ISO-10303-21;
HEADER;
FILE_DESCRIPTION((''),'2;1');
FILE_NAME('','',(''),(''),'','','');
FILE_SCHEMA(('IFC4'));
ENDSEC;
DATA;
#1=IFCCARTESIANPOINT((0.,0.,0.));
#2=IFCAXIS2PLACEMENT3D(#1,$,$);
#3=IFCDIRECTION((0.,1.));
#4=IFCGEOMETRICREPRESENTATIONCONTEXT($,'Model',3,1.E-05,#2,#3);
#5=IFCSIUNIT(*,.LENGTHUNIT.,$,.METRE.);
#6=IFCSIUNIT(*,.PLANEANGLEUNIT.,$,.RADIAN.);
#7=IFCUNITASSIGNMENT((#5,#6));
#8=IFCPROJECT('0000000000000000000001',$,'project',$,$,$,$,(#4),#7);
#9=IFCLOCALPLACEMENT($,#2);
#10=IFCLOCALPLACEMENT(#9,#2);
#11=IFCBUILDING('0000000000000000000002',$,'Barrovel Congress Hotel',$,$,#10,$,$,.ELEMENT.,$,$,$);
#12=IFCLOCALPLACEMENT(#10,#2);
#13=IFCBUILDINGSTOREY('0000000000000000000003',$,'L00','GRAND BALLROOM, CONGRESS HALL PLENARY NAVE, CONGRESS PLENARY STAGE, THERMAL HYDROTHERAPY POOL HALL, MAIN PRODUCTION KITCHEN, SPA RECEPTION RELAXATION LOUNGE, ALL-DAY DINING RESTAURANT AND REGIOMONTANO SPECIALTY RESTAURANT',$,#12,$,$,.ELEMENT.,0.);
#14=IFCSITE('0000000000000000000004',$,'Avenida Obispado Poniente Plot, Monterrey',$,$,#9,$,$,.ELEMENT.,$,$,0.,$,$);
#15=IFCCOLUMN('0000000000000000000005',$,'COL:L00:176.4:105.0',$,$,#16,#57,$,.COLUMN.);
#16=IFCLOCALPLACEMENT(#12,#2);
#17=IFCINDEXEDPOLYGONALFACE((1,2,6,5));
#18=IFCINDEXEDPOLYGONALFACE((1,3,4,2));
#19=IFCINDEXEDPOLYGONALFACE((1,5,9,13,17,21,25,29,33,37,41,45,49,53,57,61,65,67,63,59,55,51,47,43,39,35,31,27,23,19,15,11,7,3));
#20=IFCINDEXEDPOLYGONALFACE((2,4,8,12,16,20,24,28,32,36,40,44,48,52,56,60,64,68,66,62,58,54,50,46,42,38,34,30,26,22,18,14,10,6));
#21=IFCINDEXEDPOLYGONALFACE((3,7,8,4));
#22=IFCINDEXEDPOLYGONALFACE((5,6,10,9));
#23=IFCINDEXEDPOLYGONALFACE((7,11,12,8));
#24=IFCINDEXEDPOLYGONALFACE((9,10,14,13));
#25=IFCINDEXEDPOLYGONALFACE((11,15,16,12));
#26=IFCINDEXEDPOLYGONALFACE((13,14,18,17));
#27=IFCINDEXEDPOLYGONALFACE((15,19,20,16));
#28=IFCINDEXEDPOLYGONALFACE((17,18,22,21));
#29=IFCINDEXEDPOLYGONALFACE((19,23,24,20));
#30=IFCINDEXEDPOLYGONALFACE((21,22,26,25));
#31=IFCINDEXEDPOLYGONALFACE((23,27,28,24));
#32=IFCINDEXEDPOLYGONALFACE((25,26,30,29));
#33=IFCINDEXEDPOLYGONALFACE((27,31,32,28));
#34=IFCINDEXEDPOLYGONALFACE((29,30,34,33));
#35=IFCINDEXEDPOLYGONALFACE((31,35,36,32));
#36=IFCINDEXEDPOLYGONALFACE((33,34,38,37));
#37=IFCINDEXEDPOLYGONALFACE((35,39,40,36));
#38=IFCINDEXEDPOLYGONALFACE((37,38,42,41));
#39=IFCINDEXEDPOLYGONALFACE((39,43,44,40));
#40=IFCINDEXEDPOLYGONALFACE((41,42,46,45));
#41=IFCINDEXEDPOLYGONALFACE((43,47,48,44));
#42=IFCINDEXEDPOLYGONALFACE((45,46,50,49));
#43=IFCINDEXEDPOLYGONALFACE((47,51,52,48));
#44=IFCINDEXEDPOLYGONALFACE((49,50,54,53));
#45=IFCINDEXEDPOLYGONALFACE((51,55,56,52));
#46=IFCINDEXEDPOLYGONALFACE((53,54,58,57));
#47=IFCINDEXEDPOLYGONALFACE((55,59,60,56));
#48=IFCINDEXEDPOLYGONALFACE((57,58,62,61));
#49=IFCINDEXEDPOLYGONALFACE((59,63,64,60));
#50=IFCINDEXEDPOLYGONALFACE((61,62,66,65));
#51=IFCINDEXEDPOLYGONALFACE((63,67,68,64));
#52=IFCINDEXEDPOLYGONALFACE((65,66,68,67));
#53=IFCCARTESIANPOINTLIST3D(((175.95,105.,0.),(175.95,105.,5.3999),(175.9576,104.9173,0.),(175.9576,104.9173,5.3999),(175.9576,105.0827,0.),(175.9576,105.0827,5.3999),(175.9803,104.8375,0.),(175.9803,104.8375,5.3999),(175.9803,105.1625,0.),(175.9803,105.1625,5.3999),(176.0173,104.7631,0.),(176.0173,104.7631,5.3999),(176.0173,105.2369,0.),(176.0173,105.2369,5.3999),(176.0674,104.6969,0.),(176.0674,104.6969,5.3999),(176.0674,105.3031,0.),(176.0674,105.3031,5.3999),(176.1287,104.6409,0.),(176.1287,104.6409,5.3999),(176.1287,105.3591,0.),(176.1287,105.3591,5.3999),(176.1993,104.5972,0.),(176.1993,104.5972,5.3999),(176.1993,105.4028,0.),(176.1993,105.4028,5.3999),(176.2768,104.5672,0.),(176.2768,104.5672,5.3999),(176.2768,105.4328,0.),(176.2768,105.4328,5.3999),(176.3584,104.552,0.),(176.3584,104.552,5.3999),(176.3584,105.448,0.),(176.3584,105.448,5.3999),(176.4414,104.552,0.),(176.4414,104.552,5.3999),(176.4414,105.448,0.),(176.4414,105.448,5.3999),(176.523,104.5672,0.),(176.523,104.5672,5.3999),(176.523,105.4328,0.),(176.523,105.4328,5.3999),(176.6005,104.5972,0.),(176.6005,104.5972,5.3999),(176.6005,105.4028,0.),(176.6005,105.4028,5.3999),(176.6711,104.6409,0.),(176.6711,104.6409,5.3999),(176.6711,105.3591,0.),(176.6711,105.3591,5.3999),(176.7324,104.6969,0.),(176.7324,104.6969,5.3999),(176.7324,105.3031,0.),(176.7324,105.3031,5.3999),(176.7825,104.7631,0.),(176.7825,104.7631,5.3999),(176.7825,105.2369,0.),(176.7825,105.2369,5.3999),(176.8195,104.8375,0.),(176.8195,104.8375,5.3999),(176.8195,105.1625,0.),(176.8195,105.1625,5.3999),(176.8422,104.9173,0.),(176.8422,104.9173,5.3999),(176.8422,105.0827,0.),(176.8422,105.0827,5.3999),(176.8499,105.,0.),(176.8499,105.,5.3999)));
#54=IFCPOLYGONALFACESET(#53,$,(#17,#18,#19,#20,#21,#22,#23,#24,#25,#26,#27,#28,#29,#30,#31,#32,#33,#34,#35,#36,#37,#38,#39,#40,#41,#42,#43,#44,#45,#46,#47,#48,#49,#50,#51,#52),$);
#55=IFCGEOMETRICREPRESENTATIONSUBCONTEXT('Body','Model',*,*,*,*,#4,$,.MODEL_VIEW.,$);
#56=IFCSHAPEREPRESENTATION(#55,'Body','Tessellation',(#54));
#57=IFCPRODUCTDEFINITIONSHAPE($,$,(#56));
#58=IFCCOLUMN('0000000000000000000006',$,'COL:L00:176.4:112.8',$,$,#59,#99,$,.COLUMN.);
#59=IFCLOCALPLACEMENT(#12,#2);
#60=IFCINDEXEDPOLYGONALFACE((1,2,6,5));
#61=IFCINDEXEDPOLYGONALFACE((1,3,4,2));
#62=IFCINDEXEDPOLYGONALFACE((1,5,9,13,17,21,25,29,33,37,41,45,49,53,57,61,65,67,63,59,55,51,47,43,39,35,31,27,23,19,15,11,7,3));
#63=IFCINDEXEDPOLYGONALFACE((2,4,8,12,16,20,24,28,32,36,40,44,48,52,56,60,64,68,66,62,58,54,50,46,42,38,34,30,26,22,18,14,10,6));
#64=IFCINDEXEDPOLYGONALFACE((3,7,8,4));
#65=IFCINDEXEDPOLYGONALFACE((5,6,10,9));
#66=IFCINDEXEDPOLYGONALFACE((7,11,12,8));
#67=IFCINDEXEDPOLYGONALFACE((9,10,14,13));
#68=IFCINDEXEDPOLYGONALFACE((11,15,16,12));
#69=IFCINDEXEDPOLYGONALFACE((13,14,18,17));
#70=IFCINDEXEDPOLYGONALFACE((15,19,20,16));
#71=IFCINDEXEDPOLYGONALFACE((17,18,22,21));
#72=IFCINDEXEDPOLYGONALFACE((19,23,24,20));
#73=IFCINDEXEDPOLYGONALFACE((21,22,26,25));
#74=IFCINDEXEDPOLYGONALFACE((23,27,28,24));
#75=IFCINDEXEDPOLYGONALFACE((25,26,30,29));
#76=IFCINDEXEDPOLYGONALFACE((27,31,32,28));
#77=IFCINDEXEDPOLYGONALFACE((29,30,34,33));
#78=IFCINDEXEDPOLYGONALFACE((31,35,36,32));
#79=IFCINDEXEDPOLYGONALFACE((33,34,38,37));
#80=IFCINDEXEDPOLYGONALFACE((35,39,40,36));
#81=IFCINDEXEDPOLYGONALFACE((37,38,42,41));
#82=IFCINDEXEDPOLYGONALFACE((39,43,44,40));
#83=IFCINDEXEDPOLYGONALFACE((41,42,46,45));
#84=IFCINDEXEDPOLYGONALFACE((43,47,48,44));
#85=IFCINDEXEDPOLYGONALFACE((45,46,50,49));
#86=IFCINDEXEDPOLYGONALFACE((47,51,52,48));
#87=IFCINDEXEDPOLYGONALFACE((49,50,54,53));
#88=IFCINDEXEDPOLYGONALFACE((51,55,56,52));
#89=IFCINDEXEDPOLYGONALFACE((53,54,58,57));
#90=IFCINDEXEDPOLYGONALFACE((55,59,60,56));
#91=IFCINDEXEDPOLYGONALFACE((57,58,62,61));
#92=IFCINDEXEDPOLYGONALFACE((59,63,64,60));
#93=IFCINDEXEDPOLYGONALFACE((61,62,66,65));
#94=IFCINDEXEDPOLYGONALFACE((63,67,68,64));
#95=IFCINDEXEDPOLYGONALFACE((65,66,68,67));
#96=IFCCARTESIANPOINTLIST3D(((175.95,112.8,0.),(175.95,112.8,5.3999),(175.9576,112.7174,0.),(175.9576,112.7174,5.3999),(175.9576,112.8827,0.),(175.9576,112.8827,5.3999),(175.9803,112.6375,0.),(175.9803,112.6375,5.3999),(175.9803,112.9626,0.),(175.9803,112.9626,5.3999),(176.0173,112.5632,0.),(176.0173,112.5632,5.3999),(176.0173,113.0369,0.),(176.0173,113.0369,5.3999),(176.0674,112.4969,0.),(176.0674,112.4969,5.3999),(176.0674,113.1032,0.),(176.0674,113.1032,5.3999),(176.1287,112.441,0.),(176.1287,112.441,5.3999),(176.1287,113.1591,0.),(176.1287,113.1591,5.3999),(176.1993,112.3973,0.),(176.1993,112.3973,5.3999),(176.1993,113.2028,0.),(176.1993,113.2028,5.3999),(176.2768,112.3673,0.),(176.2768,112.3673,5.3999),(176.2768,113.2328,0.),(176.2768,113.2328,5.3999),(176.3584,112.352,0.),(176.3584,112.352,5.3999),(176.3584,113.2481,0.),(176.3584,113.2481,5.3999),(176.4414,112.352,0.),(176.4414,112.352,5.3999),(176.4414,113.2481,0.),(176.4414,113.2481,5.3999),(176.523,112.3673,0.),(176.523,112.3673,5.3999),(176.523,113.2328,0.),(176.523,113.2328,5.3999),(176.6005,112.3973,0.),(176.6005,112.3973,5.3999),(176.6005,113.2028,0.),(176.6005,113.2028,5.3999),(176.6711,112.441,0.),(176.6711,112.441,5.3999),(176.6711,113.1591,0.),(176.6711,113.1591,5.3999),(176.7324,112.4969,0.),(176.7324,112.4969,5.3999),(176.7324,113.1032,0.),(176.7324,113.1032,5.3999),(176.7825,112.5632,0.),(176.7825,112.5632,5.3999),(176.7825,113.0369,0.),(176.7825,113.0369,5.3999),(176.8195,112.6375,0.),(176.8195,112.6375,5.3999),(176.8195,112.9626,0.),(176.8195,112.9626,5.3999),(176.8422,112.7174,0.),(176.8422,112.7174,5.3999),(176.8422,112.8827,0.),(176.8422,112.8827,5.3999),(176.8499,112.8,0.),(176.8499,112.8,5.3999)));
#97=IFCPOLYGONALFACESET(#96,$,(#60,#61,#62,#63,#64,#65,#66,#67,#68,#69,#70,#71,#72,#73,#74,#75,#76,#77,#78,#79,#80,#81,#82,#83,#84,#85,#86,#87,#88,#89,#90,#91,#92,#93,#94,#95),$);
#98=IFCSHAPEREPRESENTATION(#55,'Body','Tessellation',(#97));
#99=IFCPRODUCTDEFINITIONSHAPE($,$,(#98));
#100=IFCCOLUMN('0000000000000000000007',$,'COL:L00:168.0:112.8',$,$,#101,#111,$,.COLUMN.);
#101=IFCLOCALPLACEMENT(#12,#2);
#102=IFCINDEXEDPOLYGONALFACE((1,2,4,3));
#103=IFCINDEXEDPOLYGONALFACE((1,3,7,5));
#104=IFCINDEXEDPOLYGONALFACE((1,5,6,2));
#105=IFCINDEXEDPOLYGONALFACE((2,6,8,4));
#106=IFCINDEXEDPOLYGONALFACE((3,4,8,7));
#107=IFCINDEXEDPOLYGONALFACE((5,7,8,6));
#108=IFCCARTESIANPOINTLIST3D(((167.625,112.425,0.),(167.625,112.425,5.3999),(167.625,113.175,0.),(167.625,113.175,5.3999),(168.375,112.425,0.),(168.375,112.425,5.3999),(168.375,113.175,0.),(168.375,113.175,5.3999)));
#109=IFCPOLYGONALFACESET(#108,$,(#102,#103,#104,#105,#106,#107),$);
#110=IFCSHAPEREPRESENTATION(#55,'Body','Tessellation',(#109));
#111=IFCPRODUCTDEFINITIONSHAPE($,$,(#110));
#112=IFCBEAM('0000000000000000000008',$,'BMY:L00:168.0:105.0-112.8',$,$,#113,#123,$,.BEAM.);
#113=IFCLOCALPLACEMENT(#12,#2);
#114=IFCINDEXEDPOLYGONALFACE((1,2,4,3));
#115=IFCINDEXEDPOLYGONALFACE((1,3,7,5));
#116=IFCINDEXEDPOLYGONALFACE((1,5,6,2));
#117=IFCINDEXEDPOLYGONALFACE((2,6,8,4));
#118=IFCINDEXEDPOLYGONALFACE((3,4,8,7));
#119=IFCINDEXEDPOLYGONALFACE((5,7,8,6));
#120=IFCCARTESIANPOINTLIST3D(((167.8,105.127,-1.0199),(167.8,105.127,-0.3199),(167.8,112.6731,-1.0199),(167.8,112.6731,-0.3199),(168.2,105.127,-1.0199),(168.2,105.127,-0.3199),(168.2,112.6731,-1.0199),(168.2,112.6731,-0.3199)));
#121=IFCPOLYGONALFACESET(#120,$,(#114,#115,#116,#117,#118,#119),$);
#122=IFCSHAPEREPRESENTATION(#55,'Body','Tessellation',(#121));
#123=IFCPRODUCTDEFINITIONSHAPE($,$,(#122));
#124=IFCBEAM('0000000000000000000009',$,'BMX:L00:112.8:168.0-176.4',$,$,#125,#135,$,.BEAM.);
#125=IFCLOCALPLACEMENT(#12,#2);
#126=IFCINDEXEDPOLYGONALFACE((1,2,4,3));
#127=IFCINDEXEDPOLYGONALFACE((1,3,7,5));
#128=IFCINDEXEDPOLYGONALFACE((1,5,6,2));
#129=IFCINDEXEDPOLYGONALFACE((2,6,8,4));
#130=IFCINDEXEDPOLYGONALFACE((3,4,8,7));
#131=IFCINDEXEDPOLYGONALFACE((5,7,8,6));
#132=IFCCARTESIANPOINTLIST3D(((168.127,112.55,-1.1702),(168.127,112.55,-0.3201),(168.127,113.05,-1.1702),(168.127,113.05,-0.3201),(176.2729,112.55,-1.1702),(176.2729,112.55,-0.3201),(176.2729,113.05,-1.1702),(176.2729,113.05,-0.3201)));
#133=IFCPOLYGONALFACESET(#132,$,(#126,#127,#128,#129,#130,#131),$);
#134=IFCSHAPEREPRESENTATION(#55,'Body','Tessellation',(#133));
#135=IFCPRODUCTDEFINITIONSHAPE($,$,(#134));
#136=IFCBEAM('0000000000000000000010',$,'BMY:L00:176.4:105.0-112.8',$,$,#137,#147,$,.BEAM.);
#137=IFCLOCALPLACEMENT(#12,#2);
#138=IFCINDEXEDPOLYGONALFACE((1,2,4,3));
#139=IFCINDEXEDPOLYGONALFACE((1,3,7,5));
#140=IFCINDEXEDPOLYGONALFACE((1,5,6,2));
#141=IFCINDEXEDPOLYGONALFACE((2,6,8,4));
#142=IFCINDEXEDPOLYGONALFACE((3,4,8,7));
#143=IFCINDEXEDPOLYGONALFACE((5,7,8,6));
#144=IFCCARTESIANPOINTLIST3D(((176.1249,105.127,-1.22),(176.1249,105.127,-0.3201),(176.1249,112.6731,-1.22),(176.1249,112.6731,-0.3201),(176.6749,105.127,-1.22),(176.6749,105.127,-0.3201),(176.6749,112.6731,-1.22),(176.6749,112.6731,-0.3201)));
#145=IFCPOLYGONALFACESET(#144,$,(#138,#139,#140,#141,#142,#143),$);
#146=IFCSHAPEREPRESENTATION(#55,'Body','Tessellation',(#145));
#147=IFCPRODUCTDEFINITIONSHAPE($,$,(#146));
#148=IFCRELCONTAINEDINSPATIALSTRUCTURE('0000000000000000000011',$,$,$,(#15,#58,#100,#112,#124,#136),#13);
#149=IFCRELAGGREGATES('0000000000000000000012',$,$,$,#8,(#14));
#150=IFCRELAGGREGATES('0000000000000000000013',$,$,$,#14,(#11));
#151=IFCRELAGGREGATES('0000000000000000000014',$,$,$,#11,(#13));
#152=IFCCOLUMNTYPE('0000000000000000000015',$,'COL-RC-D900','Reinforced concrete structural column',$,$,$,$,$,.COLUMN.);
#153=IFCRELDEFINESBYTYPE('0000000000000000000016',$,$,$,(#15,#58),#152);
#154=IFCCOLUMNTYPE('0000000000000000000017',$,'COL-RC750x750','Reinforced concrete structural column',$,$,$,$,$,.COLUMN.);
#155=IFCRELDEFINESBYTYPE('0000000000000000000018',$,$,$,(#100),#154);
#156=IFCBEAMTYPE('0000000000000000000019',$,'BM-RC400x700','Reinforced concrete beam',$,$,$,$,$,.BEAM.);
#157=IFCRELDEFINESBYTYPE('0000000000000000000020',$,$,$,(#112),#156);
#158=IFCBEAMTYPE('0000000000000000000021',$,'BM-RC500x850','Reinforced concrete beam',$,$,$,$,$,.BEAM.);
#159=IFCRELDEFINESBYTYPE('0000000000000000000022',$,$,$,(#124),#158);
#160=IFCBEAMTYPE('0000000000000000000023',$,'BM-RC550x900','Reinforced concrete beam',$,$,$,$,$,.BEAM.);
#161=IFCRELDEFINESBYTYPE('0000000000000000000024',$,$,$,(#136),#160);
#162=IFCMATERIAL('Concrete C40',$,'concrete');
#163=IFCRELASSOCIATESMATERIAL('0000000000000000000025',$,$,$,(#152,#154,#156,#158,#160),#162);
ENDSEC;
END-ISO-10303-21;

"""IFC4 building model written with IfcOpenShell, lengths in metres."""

from ifc_helpers import new_model, si_unit, direction, frame, origin, origin_2d, place, context, subcontext, project, spatial, rectangle, circle, extrude, material, material_profile, profile_set, type_object, element, save


model = new_model("IFC4")

# Units and contexts
model_context = context("Model", 3, precision=1e-05, world=origin(), true_north=direction((0.0, 1.0)))
body_context = subcontext(model_context, "Body", "Model", "MODEL_VIEW")
ifc_project = project(units=[si_unit("LENGTHUNIT", "METRE"), si_unit("PLANEANGLEUNIT", "RADIAN")], contexts=[model_context])

# Site, building, storey
site_placement = place(None, origin())
site = spatial("IfcSite", under=ifc_project, at=site_placement, Name="Avenida Obispado Poniente Plot, Monterrey", CompositionType="ELEMENT", RefElevation=0.0)
building_placement = place(site_placement, origin())
building = spatial("IfcBuilding", under=site, at=building_placement, Name="Barrovel Congress Hotel", CompositionType="ELEMENT")
storey_placement = place(building_placement, origin())
storey = spatial("IfcBuildingStorey", under=building, at=storey_placement, Name="L00", Description="GRAND BALLROOM, CONGRESS HALL PLENARY NAVE, CONGRESS PLENARY STAGE, THERMAL HYDROTHERAPY POOL HALL, MAIN PRODUCTION KITCHEN, SPA RECEPTION RELAXATION LOUNGE, ALL-DAY DINING RESTAURANT AND REGIOMONTANO SPECIALTY RESTAURANT", CompositionType="ELEMENT", Elevation=0.0)

# Shared definitions
ifc_material_1 = material(Name="Concrete C40", Category="concrete")

# Columns
ifc_material_profile_1 = material_profile(ifc_material_1, circle(Radius=0.45, at=origin_2d()), Name="RC-D900")
ifc_profile_set_1 = profile_set([ifc_material_profile_1], Name="Concrete C40")
column_type_1 = type_object("IfcColumnType", Name="COL-RC-D900", Description="Reinforced concrete structural column", PredefinedType="COLUMN", material=ifc_profile_set_1)
for number, where, z_axis, x_axis, name in (
    (1, (176.3999, 105.0, 0.0), (0.0, 0.0, 1.0), (1.0, 0.0, 0.0), "COL:L00:176.4:105.0"),
    (2, (176.3999, 112.8, 0.0), (0.0, 0.0, 1.0), (1.0, 0.0, 0.0), "COL:L00:176.4:112.8"),
):
    element("IfcColumn", number, at=place(storey_placement, frame(where, z_axis=z_axis, x_axis=x_axis)), inside=storey, type_object=column_type_1, Name=name, PredefinedType="COLUMN", context=body_context, shape_type="SweptSolid", body=[
        extrude(circle(Radius=0.45, at=origin_2d()), origin(), (0.0, 0.0, 1.0), 5.3999),
    ])
ifc_material_profile_2 = material_profile(ifc_material_1, rectangle(XDim=0.75, YDim=0.75, at=origin_2d()), Name="RC750x750")
ifc_profile_set_2 = profile_set([ifc_material_profile_2], Name="Concrete C40")
column_type_2 = type_object("IfcColumnType", Name="COL-RC750x750", Description="Reinforced concrete structural column", PredefinedType="COLUMN", material=ifc_profile_set_2)
column_placement = place(storey_placement, frame((168.0, 112.8, 0.0), z_axis=(0.0, 0.0, 1.0), x_axis=(1.0, 0.0, 0.0)))
element("IfcColumn", 3, at=column_placement, inside=storey, type_object=column_type_2, Name="COL:L00:168.0:112.8", PredefinedType="COLUMN", context=body_context, shape_type="SweptSolid", body=[
    extrude(rectangle(XDim=0.75, YDim=0.75, at=origin_2d()), origin(), (0.0, 0.0, 1.0), 5.3999),
])

# Beams
ifc_material_profile_3 = material_profile(ifc_material_1, rectangle(XDim=0.3999, YDim=0.7, at=origin_2d()), Name="RC400x700")
ifc_profile_set_3 = profile_set([ifc_material_profile_3], Name="Concrete C40")
beam_type_1 = type_object("IfcBeamType", Name="BM-RC400x700", Description="Reinforced concrete beam", PredefinedType="BEAM", material=ifc_profile_set_3)
beam_1_placement = place(storey_placement, frame((168.0, 105.127, -0.6699), z_axis=(0.0, 1.0, 0.0), x_axis=(-1.0, 0.0, 0.0)))
element("IfcBeam", 4, at=beam_1_placement, inside=storey, type_object=beam_type_1, Name="BMY:L00:168.0:105.0-112.8", PredefinedType="BEAM", context=body_context, shape_type="SweptSolid", body=[
    extrude(rectangle(XDim=0.3999, YDim=0.7, at=origin_2d()), origin(), (0.0, 0.0, 1.0), 7.5461),
])
ifc_material_profile_4 = material_profile(ifc_material_1, rectangle(XDim=0.5, YDim=0.8501, at=origin_2d()), Name="RC500x850")
ifc_profile_set_4 = profile_set([ifc_material_profile_4], Name="Concrete C40")
beam_type_2 = type_object("IfcBeamType", Name="BM-RC500x850", Description="Reinforced concrete beam", PredefinedType="BEAM", material=ifc_profile_set_4)
beam_2_placement = place(storey_placement, frame((168.127, 112.8, -0.7451), z_axis=(1.0, 0.0, 0.0), x_axis=(0.0, 1.0, 0.0)))
element("IfcBeam", 5, at=beam_2_placement, inside=storey, type_object=beam_type_2, Name="BMX:L00:112.8:168.0-176.4", PredefinedType="BEAM", context=body_context, shape_type="SweptSolid", body=[
    extrude(rectangle(XDim=0.5, YDim=0.8501, at=origin_2d()), origin(), (0.0, 0.0, 1.0), 8.146),
])
ifc_material_profile_5 = material_profile(ifc_material_1, rectangle(XDim=0.55, YDim=0.8999, at=origin_2d()), Name="RC550x900")
ifc_profile_set_5 = profile_set([ifc_material_profile_5], Name="Concrete C40")
beam_type_3 = type_object("IfcBeamType", Name="BM-RC550x900", Description="Reinforced concrete beam", PredefinedType="BEAM", material=ifc_profile_set_5)
beam_3_placement = place(storey_placement, frame((176.3999, 105.127, -0.77), z_axis=(0.0, 1.0, 0.0), x_axis=(-1.0, 0.0, 0.0)))
element("IfcBeam", 6, at=beam_3_placement, inside=storey, type_object=beam_type_3, Name="BMY:L00:176.4:105.0-112.8", PredefinedType="BEAM", context=body_context, shape_type="SweptSolid", body=[
    extrude(rectangle(XDim=0.55, YDim=0.8999, at=origin_2d()), origin(), (0.0, 0.0, 1.0), 7.5461),
])

save(model, "model.ifc")
